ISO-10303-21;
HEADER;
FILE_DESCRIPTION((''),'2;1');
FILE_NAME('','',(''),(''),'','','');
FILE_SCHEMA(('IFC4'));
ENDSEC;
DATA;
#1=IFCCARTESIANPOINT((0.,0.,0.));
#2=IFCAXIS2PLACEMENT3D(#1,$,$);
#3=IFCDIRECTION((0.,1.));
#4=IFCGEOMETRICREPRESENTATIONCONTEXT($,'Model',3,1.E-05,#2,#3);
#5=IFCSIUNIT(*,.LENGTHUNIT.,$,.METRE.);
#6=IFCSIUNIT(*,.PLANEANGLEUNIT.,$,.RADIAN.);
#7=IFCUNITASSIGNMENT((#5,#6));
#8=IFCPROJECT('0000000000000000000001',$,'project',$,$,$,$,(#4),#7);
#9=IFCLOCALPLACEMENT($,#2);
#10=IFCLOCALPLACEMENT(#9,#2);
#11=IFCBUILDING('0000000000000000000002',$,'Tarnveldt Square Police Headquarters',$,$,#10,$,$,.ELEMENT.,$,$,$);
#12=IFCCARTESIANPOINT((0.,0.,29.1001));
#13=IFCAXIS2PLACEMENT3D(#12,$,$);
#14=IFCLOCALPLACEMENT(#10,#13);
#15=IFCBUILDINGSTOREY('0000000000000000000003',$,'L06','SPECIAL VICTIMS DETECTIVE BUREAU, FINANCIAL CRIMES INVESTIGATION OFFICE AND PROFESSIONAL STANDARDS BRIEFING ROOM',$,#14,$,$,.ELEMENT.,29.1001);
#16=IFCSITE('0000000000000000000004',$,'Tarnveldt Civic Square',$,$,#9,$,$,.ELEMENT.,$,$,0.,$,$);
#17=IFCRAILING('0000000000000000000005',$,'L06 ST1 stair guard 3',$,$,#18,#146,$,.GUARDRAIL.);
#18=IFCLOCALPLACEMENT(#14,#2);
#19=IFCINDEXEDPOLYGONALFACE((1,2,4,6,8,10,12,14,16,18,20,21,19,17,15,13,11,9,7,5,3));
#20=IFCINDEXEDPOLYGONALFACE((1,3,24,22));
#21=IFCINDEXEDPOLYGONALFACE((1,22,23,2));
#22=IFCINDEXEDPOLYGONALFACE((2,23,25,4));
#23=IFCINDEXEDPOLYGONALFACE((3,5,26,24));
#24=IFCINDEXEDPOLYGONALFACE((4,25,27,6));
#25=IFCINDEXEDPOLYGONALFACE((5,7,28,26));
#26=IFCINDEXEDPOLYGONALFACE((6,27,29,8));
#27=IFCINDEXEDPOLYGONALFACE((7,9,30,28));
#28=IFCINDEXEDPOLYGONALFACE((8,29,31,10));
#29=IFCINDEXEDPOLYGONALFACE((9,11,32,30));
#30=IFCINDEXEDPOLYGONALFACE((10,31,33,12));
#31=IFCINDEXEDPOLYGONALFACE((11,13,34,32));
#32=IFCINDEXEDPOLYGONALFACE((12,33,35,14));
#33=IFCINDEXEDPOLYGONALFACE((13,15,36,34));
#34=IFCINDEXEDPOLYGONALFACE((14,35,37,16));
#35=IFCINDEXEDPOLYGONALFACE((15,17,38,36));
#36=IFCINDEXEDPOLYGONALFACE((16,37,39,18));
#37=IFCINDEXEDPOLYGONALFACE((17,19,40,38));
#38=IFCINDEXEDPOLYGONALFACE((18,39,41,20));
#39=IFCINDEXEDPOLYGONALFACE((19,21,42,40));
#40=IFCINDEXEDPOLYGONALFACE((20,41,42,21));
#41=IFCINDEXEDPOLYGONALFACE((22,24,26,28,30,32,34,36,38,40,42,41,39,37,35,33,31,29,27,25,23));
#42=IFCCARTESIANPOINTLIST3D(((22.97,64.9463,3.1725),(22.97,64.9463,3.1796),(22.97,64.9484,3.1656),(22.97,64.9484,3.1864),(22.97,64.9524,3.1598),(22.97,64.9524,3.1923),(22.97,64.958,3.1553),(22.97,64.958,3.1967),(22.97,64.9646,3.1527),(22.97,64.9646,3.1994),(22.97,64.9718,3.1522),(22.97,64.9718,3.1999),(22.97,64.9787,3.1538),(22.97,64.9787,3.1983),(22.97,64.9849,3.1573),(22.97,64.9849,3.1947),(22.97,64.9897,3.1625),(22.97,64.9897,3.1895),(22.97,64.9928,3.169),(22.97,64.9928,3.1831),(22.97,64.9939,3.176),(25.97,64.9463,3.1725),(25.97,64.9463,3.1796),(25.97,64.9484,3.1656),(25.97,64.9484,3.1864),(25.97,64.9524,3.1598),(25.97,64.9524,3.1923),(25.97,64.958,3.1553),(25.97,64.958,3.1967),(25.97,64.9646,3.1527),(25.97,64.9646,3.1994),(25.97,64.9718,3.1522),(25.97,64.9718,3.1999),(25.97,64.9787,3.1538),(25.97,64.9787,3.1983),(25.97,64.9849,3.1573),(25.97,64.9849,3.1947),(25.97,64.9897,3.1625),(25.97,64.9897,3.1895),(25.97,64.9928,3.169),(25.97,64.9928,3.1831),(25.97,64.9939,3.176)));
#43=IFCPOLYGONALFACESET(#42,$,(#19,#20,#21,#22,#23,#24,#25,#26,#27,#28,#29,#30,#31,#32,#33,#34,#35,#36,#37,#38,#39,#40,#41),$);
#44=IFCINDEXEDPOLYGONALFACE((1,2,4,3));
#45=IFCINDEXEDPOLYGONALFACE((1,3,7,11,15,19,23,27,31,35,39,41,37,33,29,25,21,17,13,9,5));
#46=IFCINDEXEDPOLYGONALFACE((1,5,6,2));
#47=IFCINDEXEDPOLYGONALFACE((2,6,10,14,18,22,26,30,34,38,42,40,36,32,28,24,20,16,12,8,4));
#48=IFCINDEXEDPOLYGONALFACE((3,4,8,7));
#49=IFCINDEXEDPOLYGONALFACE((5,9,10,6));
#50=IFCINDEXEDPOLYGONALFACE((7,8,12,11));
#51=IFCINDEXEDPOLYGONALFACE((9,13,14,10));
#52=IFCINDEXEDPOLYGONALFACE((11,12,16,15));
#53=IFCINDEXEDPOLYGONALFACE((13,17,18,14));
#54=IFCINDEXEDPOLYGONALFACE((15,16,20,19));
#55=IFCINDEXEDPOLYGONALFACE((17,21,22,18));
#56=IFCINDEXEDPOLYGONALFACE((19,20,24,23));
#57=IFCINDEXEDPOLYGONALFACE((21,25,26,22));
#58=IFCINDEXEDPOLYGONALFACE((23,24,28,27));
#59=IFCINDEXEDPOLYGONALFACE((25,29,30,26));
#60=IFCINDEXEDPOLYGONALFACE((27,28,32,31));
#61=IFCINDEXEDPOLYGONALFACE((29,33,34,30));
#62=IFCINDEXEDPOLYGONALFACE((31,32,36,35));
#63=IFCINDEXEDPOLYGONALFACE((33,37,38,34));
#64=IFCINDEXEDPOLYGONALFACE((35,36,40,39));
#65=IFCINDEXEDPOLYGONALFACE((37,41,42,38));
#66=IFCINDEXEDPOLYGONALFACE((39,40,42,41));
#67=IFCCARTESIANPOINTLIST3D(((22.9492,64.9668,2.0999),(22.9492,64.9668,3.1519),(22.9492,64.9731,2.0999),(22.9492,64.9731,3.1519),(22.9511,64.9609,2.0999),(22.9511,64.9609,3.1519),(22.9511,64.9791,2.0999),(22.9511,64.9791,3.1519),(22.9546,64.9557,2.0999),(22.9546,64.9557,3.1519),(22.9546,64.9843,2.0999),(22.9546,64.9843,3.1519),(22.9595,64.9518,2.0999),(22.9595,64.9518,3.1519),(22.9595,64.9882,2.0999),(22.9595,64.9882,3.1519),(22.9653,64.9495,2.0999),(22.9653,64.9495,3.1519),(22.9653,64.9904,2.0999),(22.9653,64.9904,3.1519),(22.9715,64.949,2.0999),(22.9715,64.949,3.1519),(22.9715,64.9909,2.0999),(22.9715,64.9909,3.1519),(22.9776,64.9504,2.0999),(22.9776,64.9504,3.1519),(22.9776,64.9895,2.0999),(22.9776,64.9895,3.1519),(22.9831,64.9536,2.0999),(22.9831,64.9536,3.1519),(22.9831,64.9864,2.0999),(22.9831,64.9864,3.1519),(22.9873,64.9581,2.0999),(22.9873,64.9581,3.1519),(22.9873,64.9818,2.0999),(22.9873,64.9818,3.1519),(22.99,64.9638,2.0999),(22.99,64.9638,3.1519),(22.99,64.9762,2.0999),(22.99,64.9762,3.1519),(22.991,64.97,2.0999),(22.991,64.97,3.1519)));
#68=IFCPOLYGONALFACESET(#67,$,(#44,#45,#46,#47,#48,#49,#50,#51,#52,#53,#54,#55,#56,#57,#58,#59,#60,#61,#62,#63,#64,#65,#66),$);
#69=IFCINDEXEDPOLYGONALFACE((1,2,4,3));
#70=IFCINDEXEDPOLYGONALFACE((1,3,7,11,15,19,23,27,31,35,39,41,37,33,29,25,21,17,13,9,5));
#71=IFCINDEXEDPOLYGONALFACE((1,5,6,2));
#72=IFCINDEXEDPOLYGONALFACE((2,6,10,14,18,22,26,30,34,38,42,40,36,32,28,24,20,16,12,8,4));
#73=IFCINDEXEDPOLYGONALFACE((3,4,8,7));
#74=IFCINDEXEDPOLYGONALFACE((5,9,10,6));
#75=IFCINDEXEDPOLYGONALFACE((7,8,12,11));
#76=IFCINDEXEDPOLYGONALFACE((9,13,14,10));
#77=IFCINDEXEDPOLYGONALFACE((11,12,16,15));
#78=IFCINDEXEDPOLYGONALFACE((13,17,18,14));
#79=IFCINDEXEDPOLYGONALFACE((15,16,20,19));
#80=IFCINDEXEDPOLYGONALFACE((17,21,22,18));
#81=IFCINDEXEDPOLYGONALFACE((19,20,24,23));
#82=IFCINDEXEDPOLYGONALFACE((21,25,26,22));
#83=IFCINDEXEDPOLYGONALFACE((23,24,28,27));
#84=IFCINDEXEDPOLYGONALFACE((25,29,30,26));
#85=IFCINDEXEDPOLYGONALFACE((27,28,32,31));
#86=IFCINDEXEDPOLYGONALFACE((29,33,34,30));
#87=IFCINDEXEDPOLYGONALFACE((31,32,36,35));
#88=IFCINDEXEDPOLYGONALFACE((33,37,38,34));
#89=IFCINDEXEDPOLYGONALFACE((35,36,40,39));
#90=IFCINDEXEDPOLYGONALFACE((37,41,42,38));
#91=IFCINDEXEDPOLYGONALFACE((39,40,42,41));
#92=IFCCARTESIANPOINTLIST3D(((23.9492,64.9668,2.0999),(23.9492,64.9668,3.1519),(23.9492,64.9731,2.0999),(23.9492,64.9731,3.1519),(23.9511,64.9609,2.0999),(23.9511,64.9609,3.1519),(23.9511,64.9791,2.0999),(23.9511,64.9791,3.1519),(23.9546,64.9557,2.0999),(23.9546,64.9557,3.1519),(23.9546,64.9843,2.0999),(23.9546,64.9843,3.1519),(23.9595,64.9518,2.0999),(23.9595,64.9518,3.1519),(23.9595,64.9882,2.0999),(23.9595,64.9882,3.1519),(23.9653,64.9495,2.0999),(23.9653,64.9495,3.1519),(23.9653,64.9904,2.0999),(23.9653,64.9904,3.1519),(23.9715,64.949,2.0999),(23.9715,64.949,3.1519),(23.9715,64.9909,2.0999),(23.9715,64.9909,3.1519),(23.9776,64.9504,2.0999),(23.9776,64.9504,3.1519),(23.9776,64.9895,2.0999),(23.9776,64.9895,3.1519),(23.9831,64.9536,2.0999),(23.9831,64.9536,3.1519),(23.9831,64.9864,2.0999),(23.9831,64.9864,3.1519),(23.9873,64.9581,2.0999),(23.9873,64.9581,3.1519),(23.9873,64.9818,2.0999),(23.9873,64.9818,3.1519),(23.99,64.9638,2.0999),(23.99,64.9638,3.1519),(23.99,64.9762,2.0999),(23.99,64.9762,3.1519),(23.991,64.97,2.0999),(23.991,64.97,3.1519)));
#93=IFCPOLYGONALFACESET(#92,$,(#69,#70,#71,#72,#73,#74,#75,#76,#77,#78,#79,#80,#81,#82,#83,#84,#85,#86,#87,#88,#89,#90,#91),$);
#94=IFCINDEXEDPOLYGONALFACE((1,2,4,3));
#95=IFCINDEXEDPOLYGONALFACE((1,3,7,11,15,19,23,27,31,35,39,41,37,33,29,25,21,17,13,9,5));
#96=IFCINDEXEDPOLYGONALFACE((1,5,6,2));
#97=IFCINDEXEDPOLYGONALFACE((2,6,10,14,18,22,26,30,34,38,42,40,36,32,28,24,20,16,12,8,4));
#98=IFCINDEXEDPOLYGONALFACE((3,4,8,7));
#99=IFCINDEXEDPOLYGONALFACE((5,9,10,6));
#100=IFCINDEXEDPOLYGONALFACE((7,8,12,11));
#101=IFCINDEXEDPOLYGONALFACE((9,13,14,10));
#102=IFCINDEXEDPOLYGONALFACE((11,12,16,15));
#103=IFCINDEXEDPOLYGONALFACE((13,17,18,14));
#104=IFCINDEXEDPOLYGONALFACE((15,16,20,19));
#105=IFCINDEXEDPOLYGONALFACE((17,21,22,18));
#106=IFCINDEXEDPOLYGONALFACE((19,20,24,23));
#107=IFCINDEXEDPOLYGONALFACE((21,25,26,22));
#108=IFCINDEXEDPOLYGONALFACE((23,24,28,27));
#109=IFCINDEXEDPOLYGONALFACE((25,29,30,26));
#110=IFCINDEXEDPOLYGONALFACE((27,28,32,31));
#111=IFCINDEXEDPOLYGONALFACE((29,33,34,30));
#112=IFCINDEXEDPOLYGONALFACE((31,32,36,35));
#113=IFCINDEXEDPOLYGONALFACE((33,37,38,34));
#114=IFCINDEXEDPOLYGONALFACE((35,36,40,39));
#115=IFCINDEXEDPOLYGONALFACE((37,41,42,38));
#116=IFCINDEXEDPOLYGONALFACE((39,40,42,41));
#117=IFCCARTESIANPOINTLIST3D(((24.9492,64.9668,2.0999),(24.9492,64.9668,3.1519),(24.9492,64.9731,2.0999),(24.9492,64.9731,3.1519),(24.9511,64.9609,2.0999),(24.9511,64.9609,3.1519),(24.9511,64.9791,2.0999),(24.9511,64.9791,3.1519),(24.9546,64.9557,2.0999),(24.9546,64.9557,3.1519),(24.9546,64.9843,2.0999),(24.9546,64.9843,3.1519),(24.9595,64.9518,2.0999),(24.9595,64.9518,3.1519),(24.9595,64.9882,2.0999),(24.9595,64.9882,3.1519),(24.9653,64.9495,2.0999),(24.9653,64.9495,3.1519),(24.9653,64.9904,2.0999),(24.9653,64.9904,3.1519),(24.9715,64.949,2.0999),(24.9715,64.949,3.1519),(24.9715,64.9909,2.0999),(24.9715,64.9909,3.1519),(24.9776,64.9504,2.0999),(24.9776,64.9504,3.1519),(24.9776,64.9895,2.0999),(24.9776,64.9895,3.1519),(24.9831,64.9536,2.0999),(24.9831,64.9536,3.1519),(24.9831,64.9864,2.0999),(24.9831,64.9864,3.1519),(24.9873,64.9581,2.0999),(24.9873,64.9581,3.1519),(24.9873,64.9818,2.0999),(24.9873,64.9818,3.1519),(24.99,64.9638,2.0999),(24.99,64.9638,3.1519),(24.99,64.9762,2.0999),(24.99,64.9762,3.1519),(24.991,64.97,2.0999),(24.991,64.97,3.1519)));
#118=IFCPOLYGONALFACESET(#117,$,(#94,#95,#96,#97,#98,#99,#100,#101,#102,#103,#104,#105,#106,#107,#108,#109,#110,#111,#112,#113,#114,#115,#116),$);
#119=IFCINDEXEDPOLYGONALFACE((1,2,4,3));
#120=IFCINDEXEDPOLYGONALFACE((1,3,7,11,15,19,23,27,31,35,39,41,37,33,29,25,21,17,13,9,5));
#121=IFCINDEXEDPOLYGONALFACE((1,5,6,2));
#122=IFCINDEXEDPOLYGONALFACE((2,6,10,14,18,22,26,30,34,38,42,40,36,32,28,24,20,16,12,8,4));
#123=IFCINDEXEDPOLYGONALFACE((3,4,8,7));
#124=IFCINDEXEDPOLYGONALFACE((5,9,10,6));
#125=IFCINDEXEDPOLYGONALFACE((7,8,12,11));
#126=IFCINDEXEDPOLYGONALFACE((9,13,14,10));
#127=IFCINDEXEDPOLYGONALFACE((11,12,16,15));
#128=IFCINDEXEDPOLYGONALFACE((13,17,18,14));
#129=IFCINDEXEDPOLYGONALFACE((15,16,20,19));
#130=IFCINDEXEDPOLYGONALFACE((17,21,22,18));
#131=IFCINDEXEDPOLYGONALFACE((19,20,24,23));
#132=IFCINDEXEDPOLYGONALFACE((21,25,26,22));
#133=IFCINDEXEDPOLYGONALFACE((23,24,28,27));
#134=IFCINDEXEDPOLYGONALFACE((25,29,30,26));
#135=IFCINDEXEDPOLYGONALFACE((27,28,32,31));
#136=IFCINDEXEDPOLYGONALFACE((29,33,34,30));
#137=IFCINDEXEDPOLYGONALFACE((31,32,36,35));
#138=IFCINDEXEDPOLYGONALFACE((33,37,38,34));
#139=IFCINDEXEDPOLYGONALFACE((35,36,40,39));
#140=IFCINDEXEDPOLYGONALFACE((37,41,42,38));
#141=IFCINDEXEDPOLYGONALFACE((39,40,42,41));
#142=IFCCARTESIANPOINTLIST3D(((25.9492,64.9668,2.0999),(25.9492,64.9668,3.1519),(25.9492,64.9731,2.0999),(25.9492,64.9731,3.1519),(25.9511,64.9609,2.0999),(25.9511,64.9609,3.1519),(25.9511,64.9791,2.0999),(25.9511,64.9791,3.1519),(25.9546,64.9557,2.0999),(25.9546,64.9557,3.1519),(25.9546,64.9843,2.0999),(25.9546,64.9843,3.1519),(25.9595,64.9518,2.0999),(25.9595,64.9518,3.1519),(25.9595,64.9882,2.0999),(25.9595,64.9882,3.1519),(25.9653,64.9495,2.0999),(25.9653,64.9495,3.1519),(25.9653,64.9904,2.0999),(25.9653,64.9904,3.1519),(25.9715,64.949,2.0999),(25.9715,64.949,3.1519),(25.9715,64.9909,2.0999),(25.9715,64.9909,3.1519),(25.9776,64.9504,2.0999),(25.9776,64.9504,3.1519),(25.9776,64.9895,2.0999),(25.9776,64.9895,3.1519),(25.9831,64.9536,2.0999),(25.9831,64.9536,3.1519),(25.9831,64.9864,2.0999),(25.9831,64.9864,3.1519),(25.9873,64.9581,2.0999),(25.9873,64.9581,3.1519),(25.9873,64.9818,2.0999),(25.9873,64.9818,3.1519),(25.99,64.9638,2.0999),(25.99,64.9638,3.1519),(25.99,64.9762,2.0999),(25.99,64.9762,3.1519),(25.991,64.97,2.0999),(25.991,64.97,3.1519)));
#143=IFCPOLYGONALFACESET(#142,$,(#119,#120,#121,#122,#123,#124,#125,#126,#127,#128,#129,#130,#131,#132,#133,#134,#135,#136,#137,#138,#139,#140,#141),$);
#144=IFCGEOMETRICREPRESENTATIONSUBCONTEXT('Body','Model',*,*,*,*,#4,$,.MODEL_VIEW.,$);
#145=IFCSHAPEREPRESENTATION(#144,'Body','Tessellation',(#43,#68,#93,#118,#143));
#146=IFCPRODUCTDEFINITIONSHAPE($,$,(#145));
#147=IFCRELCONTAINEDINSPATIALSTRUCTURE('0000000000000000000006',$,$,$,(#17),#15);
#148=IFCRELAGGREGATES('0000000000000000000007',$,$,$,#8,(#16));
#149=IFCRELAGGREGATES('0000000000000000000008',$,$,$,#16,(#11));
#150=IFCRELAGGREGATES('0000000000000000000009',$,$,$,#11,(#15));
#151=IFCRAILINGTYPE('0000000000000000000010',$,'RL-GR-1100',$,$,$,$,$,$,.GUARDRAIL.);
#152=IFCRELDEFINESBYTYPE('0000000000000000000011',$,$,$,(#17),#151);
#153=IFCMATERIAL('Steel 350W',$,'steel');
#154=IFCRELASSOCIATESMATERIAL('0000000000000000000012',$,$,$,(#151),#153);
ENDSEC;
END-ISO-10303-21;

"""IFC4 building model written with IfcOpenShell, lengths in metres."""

from ifc_helpers import new_model, si_unit, direction, frame, origin, origin_2d, place, context, subcontext, project, spatial, circle, extrude, material, type_object, element, save


model = new_model("IFC4")

# Units and contexts
model_context = context("Model", 3, precision=1e-05, world=origin(), true_north=direction((0.0, 1.0)))
body_context = subcontext(model_context, "Body", "Model", "MODEL_VIEW")
ifc_project = project(units=[si_unit("LENGTHUNIT", "METRE"), si_unit("PLANEANGLEUNIT", "RADIAN")], contexts=[model_context])

# Site, building, storey
site_placement = place(None, origin())
site = spatial("IfcSite", under=ifc_project, at=site_placement, Name="Tarnveldt Civic Square", CompositionType="ELEMENT", RefElevation=0.0)
building_placement = place(site_placement, origin())
building = spatial("IfcBuilding", under=site, at=building_placement, Name="Tarnveldt Square Police Headquarters", CompositionType="ELEMENT")
storey_placement = place(building_placement, frame((0.0, 0.0, 29.1001)))
storey = spatial("IfcBuildingStorey", under=building, at=storey_placement, Name="L06", Description="SPECIAL VICTIMS DETECTIVE BUREAU, FINANCIAL CRIMES INVESTIGATION OFFICE AND PROFESSIONAL STANDARDS BRIEFING ROOM", CompositionType="ELEMENT", Elevation=29.1001)

# Shared definitions
ifc_material_1 = material(Name="Steel 350W", Category="steel")

# Railing
railing_type_1 = type_object("IfcRailingType", Name="RL-GR-1100", PredefinedType="GUARDRAIL", material=ifc_material_1)
railing_1_placement = place(storey_placement, frame((22.97, 64.97, 2.0999)))
element("IfcRailing", 1, at=railing_1_placement, inside=storey, type_object=railing_type_1, Name="L06 ST1 stair guard 3", PredefinedType="GUARDRAIL", context=body_context, shape_type="SweptSolid", body=[
    extrude(circle(Radius=0.0239, at=origin_2d()), frame((0.0, 0.0, 1.0762), z_axis=(1.0, 0.0, 0.0), x_axis=(0.0, 1.0, 0.0)), (0.0, 0.0, 1.0), 3.0),
    extrude(circle(Radius=0.021, at=origin_2d()), origin(), (0.0, 0.0, 1.0), 1.052),
    extrude(circle(Radius=0.021, at=origin_2d()), frame((1.0, 0.0, 0.0)), (0.0, 0.0, 1.0), 1.052),
    extrude(circle(Radius=0.021, at=origin_2d()), frame((2.0, 0.0, 0.0)), (0.0, 0.0, 1.0), 1.052),
    extrude(circle(Radius=0.021, at=origin_2d()), frame((3.0, 0.0, 0.0)), (0.0, 0.0, 1.0), 1.052),
])

save(model, "model.ifc")
